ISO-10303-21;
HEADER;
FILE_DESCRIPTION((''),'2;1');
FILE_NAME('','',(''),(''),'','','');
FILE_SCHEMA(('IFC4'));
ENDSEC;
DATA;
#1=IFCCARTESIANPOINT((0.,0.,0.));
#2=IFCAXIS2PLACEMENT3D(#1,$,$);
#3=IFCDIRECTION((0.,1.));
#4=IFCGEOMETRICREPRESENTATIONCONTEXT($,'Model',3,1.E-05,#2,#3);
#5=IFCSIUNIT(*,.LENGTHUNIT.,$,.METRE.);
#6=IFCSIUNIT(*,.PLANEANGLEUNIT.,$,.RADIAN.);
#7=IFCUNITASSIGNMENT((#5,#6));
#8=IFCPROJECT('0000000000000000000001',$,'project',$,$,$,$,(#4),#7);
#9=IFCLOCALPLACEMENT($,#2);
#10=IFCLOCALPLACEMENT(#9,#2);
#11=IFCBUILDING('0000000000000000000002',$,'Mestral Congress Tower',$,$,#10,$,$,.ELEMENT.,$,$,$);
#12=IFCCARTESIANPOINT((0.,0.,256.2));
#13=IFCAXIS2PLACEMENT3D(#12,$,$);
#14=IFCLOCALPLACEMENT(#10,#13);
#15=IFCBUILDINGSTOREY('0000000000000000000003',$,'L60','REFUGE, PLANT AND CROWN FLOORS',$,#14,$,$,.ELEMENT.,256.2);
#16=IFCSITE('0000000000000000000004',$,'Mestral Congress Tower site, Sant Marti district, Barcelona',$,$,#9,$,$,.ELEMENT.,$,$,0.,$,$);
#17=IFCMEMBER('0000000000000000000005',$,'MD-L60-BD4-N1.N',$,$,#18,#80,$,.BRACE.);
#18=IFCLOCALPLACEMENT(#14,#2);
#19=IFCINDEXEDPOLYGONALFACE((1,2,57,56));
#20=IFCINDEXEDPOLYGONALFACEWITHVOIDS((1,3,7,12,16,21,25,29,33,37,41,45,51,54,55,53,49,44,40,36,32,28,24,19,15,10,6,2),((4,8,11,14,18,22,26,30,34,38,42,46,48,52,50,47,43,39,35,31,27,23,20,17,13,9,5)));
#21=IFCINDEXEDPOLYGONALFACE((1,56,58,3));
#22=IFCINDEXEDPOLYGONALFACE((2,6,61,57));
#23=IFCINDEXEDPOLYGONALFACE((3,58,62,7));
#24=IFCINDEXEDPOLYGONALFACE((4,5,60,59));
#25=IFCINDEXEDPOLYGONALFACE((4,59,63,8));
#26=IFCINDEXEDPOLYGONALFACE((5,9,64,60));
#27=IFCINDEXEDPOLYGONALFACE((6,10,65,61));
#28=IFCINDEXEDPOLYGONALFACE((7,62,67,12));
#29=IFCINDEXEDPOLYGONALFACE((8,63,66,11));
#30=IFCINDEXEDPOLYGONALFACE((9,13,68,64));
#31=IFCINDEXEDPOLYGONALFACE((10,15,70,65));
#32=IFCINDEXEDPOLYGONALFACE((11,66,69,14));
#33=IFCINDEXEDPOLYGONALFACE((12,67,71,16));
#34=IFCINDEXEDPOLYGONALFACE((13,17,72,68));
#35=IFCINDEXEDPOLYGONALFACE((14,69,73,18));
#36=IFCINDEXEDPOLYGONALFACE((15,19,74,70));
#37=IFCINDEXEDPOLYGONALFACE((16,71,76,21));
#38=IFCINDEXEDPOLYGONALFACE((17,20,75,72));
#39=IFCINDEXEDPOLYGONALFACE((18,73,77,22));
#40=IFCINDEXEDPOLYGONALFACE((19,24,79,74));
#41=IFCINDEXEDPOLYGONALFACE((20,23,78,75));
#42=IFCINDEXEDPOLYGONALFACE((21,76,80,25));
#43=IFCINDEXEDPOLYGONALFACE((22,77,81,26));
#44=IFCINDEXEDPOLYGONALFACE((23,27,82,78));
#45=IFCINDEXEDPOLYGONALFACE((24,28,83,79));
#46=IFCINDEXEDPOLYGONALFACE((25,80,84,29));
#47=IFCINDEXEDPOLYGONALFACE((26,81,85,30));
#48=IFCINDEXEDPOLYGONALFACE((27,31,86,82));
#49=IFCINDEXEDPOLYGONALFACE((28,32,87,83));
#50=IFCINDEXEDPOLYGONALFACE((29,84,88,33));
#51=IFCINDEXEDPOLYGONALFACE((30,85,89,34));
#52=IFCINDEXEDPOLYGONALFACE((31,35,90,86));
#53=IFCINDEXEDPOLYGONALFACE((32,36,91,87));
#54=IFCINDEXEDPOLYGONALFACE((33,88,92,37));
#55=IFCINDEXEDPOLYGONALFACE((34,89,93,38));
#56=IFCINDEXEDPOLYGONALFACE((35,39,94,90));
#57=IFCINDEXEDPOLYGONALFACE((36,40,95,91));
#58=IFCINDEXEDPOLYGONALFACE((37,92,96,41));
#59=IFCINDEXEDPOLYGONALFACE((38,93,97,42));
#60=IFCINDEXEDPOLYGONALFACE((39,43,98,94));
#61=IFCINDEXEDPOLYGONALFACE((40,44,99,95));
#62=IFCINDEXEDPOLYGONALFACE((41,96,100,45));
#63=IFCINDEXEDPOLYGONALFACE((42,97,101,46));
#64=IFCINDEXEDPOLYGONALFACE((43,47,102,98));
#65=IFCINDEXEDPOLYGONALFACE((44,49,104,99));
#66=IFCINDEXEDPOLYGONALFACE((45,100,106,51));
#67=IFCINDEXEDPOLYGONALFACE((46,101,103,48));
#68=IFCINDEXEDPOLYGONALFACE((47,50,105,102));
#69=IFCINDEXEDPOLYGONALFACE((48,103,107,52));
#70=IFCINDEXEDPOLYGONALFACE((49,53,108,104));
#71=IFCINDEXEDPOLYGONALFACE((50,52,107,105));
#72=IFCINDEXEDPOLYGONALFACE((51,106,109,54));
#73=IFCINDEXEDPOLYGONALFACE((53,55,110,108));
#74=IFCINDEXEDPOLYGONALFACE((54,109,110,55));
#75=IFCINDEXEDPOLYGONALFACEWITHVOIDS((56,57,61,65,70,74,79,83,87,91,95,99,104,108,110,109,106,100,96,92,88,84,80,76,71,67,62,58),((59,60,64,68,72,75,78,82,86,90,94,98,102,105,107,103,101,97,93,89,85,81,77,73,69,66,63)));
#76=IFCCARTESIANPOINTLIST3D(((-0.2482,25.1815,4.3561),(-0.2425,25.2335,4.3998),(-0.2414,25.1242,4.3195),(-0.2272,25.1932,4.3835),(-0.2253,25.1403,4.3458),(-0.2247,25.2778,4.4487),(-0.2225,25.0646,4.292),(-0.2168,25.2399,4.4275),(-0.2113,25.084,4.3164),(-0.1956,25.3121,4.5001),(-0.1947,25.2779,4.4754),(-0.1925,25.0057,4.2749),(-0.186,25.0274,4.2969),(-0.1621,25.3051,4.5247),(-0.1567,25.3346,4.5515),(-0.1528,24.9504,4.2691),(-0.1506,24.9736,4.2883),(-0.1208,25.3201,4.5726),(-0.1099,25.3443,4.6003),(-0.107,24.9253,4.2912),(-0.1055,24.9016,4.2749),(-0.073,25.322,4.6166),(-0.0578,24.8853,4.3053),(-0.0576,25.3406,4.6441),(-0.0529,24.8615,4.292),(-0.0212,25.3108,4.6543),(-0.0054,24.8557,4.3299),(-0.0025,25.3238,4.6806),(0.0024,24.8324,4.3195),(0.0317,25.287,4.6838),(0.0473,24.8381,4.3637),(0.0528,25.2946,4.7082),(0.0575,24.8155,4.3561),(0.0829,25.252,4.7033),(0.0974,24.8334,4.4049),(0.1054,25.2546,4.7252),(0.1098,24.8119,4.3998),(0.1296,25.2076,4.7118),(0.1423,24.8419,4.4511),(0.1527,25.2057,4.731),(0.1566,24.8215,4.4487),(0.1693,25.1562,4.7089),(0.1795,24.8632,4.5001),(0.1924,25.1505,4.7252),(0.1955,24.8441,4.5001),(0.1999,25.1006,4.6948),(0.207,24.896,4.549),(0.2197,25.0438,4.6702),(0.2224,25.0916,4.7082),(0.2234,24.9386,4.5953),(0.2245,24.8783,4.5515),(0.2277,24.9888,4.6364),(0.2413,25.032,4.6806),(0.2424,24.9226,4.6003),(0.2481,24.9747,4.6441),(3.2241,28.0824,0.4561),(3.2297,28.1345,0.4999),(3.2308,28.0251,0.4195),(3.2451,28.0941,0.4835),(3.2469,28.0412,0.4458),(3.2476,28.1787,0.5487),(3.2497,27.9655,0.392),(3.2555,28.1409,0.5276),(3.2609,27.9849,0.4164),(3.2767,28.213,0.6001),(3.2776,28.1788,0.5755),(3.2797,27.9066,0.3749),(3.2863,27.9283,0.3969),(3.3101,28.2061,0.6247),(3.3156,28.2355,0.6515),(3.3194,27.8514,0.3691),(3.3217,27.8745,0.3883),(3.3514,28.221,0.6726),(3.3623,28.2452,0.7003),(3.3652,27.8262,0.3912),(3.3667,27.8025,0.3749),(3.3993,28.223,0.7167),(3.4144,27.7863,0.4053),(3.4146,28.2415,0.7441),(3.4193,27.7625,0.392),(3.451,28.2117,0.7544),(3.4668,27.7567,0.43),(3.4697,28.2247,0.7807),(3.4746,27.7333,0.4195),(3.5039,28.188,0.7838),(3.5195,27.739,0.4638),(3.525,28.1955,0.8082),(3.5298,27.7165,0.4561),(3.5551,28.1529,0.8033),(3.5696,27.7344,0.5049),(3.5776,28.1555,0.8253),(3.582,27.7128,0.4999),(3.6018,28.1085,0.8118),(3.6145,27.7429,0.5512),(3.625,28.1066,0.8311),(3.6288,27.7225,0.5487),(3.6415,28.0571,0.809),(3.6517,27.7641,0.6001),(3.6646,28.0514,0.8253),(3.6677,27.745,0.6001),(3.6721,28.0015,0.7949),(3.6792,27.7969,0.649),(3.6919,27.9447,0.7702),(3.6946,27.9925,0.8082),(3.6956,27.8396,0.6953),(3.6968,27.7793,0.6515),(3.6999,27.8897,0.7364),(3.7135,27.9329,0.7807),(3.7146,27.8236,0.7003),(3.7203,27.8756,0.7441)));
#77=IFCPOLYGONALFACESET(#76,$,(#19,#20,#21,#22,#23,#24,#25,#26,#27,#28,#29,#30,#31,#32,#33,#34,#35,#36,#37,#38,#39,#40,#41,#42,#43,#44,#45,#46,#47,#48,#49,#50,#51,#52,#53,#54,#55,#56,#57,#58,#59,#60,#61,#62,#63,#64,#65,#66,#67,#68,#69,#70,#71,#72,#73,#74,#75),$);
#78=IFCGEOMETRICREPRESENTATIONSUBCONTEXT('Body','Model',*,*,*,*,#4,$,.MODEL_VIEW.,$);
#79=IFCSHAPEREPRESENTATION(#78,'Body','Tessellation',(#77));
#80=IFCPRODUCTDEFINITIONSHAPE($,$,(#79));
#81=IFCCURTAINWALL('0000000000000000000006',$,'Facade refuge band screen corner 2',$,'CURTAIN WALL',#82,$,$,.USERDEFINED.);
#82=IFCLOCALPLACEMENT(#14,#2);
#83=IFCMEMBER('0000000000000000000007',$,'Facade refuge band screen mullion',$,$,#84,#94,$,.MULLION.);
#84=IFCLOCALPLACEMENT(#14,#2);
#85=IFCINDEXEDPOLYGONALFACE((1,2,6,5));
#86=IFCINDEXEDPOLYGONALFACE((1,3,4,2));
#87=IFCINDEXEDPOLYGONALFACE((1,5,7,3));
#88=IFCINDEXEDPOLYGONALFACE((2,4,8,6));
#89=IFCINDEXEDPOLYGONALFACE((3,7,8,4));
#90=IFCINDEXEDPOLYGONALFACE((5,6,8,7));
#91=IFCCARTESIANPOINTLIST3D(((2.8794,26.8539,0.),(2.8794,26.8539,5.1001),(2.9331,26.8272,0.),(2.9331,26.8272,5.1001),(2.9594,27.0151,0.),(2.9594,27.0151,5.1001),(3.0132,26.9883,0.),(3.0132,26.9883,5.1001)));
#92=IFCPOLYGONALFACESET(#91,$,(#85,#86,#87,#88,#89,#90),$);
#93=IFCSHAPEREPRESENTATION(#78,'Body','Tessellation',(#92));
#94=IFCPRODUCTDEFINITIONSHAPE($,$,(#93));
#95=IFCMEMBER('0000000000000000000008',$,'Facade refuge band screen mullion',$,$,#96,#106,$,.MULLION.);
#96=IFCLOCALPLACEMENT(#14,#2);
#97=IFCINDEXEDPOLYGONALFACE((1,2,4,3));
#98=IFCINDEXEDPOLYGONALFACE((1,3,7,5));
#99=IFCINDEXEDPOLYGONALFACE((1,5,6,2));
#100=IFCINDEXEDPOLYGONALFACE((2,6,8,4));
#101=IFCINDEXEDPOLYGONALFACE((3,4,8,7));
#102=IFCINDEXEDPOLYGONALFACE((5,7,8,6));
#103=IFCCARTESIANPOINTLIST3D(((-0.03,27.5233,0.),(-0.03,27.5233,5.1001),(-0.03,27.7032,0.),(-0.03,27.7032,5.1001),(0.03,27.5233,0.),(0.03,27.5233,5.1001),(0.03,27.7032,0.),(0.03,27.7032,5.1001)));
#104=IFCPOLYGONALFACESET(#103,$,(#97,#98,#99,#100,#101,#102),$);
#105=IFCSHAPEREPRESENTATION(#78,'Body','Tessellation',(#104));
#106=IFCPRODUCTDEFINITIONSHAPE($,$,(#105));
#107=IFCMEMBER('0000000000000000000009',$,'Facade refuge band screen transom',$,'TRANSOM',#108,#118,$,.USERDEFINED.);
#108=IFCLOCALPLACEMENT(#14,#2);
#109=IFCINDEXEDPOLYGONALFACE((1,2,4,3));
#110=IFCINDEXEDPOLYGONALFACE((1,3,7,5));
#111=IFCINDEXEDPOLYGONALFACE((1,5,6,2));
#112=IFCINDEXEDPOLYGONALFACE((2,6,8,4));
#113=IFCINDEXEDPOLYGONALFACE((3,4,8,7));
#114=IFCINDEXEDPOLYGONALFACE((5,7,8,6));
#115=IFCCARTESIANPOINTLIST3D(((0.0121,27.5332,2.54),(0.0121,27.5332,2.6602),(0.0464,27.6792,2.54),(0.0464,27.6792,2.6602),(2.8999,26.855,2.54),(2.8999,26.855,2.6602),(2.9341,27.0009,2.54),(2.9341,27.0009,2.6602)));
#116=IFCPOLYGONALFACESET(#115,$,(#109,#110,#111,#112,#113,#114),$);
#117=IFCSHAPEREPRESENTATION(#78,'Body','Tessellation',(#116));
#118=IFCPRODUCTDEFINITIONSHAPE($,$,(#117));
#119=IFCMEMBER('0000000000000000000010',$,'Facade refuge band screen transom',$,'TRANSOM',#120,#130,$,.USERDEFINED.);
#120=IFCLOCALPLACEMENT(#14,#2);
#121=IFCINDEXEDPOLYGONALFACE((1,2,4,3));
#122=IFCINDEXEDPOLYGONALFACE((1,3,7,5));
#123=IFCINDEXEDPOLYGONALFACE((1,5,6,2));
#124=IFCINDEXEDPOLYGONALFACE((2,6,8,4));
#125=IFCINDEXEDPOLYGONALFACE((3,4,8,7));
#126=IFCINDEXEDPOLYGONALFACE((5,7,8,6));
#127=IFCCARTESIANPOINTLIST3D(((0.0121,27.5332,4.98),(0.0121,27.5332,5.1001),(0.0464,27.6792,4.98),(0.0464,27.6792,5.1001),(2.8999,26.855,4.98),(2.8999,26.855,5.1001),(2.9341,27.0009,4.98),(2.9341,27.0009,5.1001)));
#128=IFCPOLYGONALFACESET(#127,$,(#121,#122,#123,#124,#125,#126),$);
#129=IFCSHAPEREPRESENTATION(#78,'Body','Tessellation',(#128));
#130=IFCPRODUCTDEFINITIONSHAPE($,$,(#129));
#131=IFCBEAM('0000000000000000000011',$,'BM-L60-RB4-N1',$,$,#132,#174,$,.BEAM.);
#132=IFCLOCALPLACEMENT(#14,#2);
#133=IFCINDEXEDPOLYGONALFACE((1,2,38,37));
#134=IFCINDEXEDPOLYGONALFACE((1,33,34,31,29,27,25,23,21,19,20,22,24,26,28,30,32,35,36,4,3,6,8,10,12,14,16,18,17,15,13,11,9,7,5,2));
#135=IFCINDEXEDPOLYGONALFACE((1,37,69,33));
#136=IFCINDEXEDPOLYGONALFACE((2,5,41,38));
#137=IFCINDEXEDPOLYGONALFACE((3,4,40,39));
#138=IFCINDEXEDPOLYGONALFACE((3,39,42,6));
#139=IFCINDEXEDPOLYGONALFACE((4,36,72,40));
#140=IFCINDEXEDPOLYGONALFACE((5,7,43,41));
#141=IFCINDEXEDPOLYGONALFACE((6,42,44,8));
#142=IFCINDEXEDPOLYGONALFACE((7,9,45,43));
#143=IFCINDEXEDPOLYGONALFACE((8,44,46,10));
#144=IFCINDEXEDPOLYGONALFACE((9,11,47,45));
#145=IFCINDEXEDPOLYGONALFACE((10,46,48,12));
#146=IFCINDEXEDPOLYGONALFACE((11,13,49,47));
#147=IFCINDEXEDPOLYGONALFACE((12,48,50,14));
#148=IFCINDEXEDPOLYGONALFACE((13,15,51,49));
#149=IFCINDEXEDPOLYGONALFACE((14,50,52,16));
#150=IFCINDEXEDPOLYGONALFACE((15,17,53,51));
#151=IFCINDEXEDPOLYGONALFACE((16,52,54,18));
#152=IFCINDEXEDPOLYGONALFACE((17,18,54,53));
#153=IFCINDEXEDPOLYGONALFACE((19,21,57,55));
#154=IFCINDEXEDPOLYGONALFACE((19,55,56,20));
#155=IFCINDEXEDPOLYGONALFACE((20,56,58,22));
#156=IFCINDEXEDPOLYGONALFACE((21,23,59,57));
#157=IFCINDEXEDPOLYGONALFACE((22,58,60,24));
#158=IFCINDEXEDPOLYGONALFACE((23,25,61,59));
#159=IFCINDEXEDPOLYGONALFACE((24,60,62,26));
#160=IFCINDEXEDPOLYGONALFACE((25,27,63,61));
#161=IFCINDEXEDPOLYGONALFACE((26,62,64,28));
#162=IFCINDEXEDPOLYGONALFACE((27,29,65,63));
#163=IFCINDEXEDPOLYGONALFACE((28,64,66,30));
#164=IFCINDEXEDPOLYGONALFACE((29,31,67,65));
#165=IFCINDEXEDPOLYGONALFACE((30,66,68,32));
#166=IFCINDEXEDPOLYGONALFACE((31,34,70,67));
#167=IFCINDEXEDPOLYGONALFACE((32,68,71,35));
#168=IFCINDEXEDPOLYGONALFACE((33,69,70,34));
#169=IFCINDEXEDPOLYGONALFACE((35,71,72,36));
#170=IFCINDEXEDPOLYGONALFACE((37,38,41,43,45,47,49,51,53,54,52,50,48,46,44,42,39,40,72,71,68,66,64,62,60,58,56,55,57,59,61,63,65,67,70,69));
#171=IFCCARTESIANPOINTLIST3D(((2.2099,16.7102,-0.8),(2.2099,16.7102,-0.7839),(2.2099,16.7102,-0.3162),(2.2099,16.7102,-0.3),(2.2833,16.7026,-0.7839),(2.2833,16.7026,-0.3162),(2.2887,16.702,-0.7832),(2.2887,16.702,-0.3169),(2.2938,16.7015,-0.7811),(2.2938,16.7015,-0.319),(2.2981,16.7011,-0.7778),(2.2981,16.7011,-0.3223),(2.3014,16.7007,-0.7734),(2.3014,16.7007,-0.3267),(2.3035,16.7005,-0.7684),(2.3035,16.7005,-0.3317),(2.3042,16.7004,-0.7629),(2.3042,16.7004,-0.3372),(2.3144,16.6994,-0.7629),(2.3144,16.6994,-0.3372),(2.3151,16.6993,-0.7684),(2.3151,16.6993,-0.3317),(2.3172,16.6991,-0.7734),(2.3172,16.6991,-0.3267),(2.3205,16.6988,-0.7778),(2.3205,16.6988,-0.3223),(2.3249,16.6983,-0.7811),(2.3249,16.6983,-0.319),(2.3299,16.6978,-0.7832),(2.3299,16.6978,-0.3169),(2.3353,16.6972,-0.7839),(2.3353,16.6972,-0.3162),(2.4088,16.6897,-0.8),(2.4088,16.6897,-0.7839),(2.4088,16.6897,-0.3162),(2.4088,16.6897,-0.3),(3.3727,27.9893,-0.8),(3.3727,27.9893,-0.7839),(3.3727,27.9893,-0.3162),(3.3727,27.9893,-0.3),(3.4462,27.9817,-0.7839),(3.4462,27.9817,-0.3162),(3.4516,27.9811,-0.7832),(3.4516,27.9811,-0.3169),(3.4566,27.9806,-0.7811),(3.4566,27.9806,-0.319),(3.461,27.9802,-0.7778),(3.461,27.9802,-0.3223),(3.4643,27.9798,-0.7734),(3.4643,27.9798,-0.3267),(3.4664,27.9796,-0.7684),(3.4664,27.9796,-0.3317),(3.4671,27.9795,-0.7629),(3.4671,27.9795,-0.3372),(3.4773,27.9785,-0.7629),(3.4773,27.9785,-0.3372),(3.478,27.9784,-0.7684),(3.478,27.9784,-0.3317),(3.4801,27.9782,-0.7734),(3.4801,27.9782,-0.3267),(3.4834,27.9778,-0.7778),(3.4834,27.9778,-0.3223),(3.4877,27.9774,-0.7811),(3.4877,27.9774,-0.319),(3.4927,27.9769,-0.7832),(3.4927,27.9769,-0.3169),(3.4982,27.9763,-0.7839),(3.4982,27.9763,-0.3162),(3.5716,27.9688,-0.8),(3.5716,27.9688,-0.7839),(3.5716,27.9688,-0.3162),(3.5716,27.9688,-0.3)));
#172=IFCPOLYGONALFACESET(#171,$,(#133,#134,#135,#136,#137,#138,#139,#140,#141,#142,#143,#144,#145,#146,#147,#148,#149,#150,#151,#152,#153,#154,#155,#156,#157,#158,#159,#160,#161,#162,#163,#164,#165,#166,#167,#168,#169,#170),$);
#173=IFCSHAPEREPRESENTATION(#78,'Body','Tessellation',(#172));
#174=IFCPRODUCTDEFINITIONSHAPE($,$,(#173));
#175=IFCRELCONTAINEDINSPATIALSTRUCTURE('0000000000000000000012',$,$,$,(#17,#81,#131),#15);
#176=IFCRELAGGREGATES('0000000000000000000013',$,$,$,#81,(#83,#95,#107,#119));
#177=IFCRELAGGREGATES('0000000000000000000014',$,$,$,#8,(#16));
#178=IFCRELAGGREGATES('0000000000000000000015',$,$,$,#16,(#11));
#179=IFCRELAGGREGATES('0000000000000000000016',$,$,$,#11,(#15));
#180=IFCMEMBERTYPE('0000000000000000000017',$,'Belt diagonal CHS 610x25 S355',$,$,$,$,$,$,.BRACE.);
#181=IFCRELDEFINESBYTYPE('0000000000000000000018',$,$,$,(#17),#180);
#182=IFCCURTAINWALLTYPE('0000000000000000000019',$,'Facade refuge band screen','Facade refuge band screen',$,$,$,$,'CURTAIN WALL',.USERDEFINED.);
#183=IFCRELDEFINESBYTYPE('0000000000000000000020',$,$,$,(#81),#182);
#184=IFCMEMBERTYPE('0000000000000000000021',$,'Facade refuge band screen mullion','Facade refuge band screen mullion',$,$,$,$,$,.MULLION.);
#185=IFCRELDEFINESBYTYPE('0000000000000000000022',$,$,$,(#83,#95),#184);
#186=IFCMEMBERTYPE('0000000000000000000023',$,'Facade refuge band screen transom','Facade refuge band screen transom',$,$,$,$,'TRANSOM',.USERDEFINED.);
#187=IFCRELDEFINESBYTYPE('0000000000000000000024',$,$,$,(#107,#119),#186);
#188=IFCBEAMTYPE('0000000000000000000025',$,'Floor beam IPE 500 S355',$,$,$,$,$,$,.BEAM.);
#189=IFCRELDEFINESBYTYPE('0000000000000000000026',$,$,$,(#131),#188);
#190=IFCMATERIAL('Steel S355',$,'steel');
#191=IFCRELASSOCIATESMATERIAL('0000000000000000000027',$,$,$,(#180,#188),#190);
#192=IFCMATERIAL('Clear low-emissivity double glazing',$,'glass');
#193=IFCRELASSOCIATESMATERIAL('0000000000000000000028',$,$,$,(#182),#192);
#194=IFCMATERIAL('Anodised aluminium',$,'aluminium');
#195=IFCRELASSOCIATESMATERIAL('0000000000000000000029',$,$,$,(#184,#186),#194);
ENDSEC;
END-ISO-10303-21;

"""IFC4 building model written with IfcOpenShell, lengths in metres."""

from ifc_helpers import new_model, si_unit, direction, frame, origin, origin_2d, place, context, subcontext, project, spatial, rectangle, hollow_circle, i_section, extrude, material, material_profile, profile_set, type_object, element, aggregate, save


model = new_model("IFC4")

# Units and contexts
model_context = context("Model", 3, precision=1e-05, world=origin(), true_north=direction((0.0, 1.0)))
body_context = subcontext(model_context, "Body", "Model", "MODEL_VIEW")
ifc_project = project(units=[si_unit("LENGTHUNIT", "METRE"), si_unit("PLANEANGLEUNIT", "RADIAN")], contexts=[model_context])

# Site, building, storey
site_placement = place(None, origin())
site = spatial("IfcSite", under=ifc_project, at=site_placement, Name="Mestral Congress Tower site, Sant Marti district, Barcelona", CompositionType="ELEMENT", RefElevation=0.0)
building_placement = place(site_placement, origin())
building = spatial("IfcBuilding", under=site, at=building_placement, Name="Mestral Congress Tower", CompositionType="ELEMENT")
storey_placement = place(building_placement, frame((0.0, 0.0, 256.2)))
storey = spatial("IfcBuildingStorey", under=building, at=storey_placement, Name="L60", Description="REFUGE, PLANT AND CROWN FLOORS", CompositionType="ELEMENT", Elevation=256.2)

# Member
ifc_material_1 = material(Name="Steel S355", Category="steel")
ifc_material_profile_1 = material_profile(ifc_material_1, hollow_circle(Radius=0.3049, WallThickness=0.0249, at=origin_2d()), Name="CHS 610x25")
ifc_profile_set_1 = profile_set([ifc_material_profile_1], Name="Steel S355")
member_type_1 = type_object("IfcMemberType", Name="Belt diagonal CHS 610x25 S355", PredefinedType="BRACE", material=ifc_profile_set_1)
member_1_placement = place(storey_placement, frame((3.4722, 27.979, 0.6001), z_axis=(-0.581282, -0.485641, 0.652889), x_axis=(0.64115, -0.767416, 0.0)))
element("IfcMember", 1, at=member_1_placement, inside=storey, type_object=member_type_1, Name="MD-L60-BD4-N1.N", PredefinedType="BRACE", context=body_context, shape_type="SweptSolid", body=[
    extrude(hollow_circle(Radius=0.3049, WallThickness=0.0249, at=origin_2d()), origin(), (0.0, 0.0, 1.0), 5.9734),
])

# Curtain wall, members
ifc_material_2 = material(Name="Clear low-emissivity double glazing", Category="glass")
curtain_wall_type = type_object("IfcCurtainWallType", Name="Facade refuge band screen", Description="Facade refuge band screen", ElementType="CURTAIN WALL", PredefinedType="USERDEFINED", material=ifc_material_2)
curtain_wall_placement = place(storey_placement, origin())
curtain_wall = element("IfcCurtainWall", 2, at=curtain_wall_placement, inside=storey, type_object=curtain_wall_type, Name="Facade refuge band screen corner 2", ObjectType="CURTAIN WALL", PredefinedType="USERDEFINED")
ifc_material_3 = material(Name="Anodised aluminium", Category="aluminium")
ifc_material_profile_2 = material_profile(ifc_material_3, rectangle(XDim=0.1799, YDim=0.0601, at=origin_2d()), Name="CW3 mullion 180 x 60")
ifc_profile_set_2 = profile_set([ifc_material_profile_2], Name="Anodised aluminium")
member_type_2 = type_object("IfcMemberType", Name="Facade refuge band screen mullion", Description="Facade refuge band screen mullion", PredefinedType="MULLION", material=ifc_profile_set_2)
member_2_placement = place(storey_placement, frame((2.9463, 26.9211, 0.0), z_axis=(0.0, 0.0, 1.0), x_axis=(0.445149, 0.895456, 0.0)))
member_2 = element("IfcMember", 3, at=member_2_placement, type_object=member_type_2, Name="Facade refuge band screen mullion", PredefinedType="MULLION", context=body_context, shape_type="SweptSolid", body=[
    extrude(rectangle(XDim=0.1799, YDim=0.0601, at=origin_2d()), origin(), (0.0, 0.0, 1.0), 5.1001),
])
member_3_placement = place(storey_placement, frame((0.0, 27.6133, 0.0), z_axis=(0.0, 0.0, 1.0), x_axis=(0.0, 1.0, 0.0)))
member_3 = element("IfcMember", 4, at=member_3_placement, type_object=member_type_2, Name="Facade refuge band screen mullion", PredefinedType="MULLION", context=body_context, shape_type="SweptSolid", body=[
    extrude(rectangle(XDim=0.1799, YDim=0.0601, at=origin_2d()), origin(), (0.0, 0.0, 1.0), 5.1001),
])
ifc_material_profile_3 = material_profile(ifc_material_3, rectangle(XDim=0.1499, YDim=0.1201, at=origin_2d()), Name="CW3 transom 150 x 120")
ifc_profile_set_3 = profile_set([ifc_material_profile_3], Name="Anodised aluminium")
member_type_3 = type_object("IfcMemberType", Name="Facade refuge band screen transom", Description="Facade refuge band screen transom", ElementType="TRANSOM", PredefinedType="USERDEFINED", material=ifc_profile_set_3)
member_4_placement = place(storey_placement, frame((2.917, 26.928, 2.6001), z_axis=(-0.97351, 0.228645, 0.0), x_axis=(-0.228645, -0.97351, 0.0)))
member_4 = element("IfcMember", 5, at=member_4_placement, type_object=member_type_3, Name="Facade refuge band screen transom", ObjectType="TRANSOM", PredefinedType="USERDEFINED", context=body_context, shape_type="SweptSolid", body=[
    extrude(rectangle(XDim=0.1499, YDim=0.1201, at=origin_2d()), origin(), (0.0, 0.0, 1.0), 2.9663),
])
member_5_placement = place(storey_placement, frame((2.917, 26.928, 5.04), z_axis=(-0.97351, 0.228645, 0.0), x_axis=(-0.228645, -0.97351, 0.0)))
member_5 = element("IfcMember", 6, at=member_5_placement, type_object=member_type_3, Name="Facade refuge band screen transom", ObjectType="TRANSOM", PredefinedType="USERDEFINED", context=body_context, shape_type="SweptSolid", body=[
    extrude(rectangle(XDim=0.1499, YDim=0.1201, at=origin_2d()), origin(), (0.0, 0.0, 1.0), 2.9663),
])

# Beam
ifc_material_profile_4 = material_profile(ifc_material_1, i_section(OverallWidth=0.2, OverallDepth=0.5, WebThickness=0.0103, FlangeThickness=0.0161, FilletRadius=0.021, at=origin_2d()), Name="IPE 500")
ifc_profile_set_4 = profile_set([ifc_material_profile_4], Name="Steel S355")
beam_type_1 = type_object("IfcBeamType", Name="Floor beam IPE 500 S355", PredefinedType="BEAM", material=ifc_profile_set_4)
beam_1_placement = place(storey_placement, frame((3.4722, 27.979, -0.55), z_axis=(-0.102554, -0.994727, 0.0), x_axis=(0.994727, -0.102554, 0.0)))
element("IfcBeam", 7, at=beam_1_placement, inside=storey, type_object=beam_type_1, Name="BM-L60-RB4-N1", PredefinedType="BEAM", context=body_context, shape_type="SweptSolid", body=[
    extrude(i_section(OverallWidth=0.2, OverallDepth=0.5, WebThickness=0.0103, FlangeThickness=0.0161, FilletRadius=0.021, at=origin_2d()), origin(), (0.0, 0.0, 1.0), 11.3389),
])

aggregate(curtain_wall, [member_2, member_3, member_4, member_5])

save(model, "model.ifc")
